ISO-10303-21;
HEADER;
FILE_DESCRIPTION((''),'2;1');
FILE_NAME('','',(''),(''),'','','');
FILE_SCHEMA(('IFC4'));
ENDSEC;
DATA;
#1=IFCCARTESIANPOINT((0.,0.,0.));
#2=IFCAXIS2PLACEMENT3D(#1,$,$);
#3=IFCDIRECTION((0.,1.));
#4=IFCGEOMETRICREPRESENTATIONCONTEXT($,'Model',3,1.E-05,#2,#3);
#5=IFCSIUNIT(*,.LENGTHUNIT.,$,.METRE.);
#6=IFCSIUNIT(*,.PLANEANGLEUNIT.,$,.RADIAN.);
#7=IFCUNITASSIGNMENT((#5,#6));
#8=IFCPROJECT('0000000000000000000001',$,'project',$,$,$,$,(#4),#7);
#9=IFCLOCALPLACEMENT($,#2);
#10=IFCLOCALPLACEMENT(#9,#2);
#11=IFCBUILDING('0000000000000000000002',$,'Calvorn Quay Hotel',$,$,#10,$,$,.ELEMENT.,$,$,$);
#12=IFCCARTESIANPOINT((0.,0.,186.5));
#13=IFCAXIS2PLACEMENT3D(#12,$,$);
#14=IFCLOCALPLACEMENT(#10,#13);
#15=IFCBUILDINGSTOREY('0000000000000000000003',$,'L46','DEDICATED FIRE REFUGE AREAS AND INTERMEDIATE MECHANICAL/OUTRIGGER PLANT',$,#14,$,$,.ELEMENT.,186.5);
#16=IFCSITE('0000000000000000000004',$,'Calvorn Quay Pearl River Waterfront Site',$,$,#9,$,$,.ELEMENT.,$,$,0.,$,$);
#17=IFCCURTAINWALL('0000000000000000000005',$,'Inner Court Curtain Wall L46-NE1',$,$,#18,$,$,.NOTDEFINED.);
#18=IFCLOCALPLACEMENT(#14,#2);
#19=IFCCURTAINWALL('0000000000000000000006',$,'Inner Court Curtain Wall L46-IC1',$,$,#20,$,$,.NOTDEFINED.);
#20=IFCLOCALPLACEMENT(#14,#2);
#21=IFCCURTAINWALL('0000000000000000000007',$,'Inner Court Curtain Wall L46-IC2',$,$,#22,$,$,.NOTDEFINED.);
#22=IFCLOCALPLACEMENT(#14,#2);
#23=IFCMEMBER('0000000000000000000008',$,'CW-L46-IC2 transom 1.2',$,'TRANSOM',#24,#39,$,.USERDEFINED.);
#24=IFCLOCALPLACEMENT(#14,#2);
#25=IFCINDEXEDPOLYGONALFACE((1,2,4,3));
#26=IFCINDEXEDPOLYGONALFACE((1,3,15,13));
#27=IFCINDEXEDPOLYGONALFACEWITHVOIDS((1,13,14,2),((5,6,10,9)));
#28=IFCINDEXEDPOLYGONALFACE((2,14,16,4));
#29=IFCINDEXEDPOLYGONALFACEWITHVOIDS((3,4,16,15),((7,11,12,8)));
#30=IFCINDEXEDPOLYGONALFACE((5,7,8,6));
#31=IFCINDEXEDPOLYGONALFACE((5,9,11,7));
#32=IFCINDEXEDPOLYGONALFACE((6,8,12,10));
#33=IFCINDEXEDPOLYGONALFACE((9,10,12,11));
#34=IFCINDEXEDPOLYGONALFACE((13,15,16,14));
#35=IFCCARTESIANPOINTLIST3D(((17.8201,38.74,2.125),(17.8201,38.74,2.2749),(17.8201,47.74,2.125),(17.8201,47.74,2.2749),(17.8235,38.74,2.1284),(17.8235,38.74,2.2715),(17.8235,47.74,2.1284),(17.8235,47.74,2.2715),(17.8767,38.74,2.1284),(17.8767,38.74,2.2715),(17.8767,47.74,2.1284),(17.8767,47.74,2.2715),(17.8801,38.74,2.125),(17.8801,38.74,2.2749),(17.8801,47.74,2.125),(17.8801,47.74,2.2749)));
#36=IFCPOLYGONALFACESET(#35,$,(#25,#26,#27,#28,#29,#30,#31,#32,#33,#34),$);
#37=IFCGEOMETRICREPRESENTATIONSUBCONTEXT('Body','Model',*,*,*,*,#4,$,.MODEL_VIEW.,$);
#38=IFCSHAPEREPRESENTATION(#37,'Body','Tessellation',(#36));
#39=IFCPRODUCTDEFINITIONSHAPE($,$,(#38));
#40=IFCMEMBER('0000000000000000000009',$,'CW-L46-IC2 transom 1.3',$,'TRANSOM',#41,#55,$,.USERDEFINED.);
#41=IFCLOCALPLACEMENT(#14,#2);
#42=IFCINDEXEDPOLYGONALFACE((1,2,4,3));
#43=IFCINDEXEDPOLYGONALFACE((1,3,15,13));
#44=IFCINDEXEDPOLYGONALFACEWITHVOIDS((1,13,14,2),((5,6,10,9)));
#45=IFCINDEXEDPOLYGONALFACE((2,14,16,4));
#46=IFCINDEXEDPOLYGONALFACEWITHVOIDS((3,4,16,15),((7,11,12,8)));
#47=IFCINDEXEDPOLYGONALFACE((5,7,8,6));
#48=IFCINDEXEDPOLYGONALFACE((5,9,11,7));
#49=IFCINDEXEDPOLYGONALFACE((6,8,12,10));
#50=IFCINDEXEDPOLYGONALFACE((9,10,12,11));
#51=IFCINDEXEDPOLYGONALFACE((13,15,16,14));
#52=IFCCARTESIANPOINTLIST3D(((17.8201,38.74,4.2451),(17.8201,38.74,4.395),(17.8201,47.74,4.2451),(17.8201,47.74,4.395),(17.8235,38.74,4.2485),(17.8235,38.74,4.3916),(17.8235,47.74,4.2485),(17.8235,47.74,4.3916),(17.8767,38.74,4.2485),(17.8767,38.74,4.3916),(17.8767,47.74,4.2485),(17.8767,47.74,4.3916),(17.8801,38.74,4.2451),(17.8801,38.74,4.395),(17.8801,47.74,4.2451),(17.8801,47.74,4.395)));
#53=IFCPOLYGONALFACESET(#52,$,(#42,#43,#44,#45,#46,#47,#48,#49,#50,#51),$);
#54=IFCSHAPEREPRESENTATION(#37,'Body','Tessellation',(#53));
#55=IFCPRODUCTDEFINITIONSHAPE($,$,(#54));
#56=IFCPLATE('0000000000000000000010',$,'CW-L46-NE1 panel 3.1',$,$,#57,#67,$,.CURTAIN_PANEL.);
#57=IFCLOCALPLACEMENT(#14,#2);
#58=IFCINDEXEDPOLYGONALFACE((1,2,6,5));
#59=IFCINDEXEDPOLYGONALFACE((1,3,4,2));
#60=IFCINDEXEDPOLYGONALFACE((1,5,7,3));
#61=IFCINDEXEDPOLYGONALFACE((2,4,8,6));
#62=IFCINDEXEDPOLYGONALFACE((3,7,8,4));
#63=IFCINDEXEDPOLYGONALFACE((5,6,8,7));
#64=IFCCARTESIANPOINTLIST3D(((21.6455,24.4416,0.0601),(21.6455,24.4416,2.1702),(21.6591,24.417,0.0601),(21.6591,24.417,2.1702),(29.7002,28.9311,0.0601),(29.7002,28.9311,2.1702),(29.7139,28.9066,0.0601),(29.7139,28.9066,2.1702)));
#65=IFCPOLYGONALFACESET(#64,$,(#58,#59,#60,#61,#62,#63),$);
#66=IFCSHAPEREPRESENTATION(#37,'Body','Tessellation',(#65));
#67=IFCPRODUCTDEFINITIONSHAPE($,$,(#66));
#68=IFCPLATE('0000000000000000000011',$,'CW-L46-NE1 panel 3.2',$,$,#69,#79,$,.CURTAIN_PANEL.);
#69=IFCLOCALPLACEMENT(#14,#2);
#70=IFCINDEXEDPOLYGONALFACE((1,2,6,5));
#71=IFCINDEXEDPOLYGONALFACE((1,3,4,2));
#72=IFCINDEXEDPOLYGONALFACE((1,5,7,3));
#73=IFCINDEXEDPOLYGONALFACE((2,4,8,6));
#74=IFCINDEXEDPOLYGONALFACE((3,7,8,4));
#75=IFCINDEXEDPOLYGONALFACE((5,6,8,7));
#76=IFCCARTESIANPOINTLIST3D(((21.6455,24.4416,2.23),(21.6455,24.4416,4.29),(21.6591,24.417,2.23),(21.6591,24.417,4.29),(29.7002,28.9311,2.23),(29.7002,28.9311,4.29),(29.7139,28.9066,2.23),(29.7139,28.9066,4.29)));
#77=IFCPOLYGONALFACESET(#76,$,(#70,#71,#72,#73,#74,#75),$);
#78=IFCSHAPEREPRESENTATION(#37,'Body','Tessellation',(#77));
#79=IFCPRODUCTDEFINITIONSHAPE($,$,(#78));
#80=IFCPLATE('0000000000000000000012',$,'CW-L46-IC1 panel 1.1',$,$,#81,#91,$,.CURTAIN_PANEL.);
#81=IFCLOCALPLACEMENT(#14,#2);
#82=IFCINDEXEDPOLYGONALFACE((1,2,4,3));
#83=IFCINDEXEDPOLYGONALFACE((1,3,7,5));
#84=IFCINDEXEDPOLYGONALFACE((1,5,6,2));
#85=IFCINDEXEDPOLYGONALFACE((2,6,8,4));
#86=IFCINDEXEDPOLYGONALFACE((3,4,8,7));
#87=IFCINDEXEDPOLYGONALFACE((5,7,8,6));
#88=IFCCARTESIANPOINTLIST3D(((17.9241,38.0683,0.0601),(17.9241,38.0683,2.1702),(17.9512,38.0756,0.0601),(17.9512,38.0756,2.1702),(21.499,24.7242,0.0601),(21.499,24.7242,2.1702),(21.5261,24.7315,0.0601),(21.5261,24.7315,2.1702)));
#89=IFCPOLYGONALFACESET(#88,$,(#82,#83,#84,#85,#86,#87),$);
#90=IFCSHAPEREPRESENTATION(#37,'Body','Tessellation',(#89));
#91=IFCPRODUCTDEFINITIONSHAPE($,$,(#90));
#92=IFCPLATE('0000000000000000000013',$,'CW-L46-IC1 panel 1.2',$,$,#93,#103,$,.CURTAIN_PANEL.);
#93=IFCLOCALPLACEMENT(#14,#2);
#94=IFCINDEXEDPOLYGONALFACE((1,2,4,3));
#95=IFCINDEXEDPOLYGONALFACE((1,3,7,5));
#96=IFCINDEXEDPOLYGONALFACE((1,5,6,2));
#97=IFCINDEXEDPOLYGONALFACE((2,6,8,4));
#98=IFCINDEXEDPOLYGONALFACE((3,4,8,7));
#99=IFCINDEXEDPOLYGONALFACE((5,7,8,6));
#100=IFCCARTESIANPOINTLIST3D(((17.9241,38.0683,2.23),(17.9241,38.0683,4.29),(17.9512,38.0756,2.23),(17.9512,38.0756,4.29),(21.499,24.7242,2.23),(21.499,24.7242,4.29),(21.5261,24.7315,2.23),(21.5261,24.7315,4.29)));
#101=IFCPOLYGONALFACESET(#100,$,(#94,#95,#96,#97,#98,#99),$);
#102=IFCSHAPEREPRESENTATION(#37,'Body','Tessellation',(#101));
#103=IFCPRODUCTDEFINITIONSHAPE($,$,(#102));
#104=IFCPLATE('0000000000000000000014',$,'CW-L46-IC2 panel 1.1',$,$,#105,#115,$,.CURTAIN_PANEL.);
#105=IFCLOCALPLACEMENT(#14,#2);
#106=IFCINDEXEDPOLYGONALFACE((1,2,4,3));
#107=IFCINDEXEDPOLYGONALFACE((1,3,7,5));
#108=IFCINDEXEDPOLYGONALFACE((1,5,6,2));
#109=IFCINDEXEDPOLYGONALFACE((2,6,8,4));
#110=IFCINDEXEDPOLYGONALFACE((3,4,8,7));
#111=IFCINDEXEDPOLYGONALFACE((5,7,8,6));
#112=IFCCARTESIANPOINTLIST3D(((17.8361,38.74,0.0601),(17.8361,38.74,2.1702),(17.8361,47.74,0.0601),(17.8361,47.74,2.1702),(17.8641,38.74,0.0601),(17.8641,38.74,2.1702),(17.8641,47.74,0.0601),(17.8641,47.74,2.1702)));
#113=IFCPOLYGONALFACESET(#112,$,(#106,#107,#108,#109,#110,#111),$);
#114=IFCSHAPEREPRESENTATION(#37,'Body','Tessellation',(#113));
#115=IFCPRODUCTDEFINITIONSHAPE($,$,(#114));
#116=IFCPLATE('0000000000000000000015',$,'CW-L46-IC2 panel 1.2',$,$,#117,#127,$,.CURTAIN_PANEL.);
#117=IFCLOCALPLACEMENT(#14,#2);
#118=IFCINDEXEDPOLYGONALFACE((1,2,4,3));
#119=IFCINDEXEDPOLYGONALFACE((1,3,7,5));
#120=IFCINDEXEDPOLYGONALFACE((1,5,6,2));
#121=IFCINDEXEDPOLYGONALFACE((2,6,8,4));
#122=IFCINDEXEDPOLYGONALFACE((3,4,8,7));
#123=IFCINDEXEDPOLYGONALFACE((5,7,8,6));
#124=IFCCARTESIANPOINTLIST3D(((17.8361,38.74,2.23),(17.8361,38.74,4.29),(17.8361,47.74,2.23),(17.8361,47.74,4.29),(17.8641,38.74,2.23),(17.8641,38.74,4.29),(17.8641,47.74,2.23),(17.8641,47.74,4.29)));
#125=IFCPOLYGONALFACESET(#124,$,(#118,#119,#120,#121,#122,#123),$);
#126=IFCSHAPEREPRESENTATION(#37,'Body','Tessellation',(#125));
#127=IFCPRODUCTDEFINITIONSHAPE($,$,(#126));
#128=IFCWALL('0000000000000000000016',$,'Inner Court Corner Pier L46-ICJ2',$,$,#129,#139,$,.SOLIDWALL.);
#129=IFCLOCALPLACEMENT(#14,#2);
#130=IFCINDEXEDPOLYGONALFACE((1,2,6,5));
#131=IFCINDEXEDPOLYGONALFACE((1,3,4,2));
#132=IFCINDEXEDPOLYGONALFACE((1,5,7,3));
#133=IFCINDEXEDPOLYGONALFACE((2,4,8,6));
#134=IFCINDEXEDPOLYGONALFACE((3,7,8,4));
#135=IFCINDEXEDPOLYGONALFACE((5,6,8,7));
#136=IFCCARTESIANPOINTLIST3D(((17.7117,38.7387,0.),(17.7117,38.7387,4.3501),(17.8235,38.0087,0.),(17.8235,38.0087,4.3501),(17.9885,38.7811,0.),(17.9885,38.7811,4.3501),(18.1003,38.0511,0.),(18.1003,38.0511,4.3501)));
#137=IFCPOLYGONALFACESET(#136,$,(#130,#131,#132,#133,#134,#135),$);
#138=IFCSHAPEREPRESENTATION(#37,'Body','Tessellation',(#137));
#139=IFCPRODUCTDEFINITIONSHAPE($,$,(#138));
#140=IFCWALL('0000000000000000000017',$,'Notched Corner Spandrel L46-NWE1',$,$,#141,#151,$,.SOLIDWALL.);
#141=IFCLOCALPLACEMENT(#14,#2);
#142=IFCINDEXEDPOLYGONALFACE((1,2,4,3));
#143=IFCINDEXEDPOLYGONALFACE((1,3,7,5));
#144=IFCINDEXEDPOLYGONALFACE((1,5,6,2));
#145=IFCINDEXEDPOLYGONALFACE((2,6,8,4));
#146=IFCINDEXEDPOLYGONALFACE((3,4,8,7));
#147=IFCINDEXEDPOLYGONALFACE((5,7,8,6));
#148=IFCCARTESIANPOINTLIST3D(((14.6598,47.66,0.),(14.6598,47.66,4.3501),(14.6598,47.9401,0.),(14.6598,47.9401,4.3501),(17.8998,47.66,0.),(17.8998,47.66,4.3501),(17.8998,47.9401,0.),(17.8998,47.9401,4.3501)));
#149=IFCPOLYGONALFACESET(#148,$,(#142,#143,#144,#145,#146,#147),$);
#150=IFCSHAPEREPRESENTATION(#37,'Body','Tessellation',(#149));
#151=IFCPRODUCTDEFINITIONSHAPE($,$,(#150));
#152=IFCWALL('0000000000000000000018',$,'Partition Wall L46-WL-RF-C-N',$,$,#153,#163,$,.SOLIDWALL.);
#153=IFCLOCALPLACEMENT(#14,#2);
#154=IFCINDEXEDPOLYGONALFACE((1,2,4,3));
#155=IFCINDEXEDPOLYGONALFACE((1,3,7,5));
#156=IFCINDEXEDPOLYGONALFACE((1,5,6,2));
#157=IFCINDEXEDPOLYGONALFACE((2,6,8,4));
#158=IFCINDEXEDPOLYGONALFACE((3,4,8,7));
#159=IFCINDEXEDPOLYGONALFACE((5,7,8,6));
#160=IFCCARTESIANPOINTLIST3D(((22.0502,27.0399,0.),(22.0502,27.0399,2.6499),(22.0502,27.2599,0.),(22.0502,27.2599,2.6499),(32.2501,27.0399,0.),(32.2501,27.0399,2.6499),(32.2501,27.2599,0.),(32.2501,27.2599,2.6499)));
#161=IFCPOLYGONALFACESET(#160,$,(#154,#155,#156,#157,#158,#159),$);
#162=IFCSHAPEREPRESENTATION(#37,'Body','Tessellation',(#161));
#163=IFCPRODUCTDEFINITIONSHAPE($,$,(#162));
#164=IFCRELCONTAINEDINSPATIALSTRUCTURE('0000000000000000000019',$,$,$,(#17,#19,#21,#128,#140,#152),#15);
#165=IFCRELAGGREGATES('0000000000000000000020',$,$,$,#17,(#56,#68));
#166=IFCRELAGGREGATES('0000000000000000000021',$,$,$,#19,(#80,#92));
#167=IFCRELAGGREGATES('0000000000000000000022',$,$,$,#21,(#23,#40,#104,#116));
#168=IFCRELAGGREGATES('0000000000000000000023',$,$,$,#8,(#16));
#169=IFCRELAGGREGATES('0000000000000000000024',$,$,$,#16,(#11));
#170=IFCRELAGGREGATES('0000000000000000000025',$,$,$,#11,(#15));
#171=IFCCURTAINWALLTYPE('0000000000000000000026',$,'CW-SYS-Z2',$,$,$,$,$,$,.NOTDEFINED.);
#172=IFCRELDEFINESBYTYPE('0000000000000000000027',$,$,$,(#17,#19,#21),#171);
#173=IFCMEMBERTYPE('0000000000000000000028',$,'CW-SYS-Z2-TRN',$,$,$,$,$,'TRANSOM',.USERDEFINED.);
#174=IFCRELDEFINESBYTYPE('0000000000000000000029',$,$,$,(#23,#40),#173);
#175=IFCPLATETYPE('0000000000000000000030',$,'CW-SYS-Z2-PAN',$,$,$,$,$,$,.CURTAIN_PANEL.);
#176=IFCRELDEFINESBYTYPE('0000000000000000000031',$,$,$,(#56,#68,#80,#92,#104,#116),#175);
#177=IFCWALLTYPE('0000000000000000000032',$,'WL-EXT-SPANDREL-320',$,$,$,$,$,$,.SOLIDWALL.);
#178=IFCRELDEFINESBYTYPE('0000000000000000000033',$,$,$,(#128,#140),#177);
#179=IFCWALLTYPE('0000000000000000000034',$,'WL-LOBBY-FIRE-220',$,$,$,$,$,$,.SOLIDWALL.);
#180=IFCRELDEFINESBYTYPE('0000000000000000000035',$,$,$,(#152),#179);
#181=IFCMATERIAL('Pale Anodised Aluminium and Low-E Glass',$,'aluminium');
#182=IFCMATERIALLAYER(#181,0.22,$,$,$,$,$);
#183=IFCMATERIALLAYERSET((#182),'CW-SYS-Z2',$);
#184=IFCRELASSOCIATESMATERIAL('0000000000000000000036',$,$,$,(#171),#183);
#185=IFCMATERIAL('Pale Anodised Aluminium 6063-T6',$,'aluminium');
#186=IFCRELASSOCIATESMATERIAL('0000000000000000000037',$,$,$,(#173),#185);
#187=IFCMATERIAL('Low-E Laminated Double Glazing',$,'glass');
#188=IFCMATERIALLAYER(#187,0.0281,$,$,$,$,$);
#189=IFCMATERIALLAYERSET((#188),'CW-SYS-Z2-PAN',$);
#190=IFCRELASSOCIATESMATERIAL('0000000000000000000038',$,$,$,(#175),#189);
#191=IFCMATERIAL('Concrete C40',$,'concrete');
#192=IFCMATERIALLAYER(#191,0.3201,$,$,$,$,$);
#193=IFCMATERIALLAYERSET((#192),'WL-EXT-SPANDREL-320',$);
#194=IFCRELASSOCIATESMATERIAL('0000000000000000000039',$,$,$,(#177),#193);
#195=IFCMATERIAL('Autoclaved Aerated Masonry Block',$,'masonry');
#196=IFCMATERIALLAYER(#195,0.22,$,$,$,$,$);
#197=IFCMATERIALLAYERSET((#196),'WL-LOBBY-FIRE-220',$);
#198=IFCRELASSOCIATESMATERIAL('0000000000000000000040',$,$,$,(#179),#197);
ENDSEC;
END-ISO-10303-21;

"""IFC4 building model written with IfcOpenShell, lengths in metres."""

from ifc_helpers import new_model, si_unit, direction, frame, frame_2d, origin, origin_2d, place, context, subcontext, project, spatial, rectangle, hollow_rectangle, extrude, material, layer, layer_set, material_profile, profile_set, type_object, element, aggregate, save


model = new_model("IFC4")

# Units and contexts
model_context = context("Model", 3, precision=1e-05, world=origin(), true_north=direction((0.0, 1.0)))
body_context = subcontext(model_context, "Body", "Model", "MODEL_VIEW")
ifc_project = project(units=[si_unit("LENGTHUNIT", "METRE"), si_unit("PLANEANGLEUNIT", "RADIAN")], contexts=[model_context])

# Site, building, storey
site_placement = place(None, origin())
site = spatial("IfcSite", under=ifc_project, at=site_placement, Name="Calvorn Quay Pearl River Waterfront Site", CompositionType="ELEMENT", RefElevation=0.0)
building_placement = place(site_placement, origin())
building = spatial("IfcBuilding", under=site, at=building_placement, Name="Calvorn Quay Hotel", CompositionType="ELEMENT")
storey_placement = place(building_placement, frame((0.0, 0.0, 186.5)))
storey = spatial("IfcBuildingStorey", under=building, at=storey_placement, Name="L46", Description="DEDICATED FIRE REFUGE AREAS AND INTERMEDIATE MECHANICAL/OUTRIGGER PLANT", CompositionType="ELEMENT", Elevation=186.5)

# Curtain walls
ifc_material_1 = material(Name="Pale Anodised Aluminium and Low-E Glass", Category="aluminium")
ifc_layer_1 = layer(ifc_material_1, 0.22)
ifc_layer_set_1 = layer_set([ifc_layer_1], Name="CW-SYS-Z2")
curtain_wall_type = type_object("IfcCurtainWallType", Name="CW-SYS-Z2", PredefinedType="NOTDEFINED", material=ifc_layer_set_1)
curtain_wall_1_placement = place(storey_placement, origin())
curtain_wall_1 = element("IfcCurtainWall", 1, at=curtain_wall_1_placement, inside=storey, type_object=curtain_wall_type, Name="Inner Court Curtain Wall L46-NE1", PredefinedType="NOTDEFINED")
curtain_wall_2_placement = place(storey_placement, origin())
curtain_wall_2 = element("IfcCurtainWall", 2, at=curtain_wall_2_placement, inside=storey, type_object=curtain_wall_type, Name="Inner Court Curtain Wall L46-IC1", PredefinedType="NOTDEFINED")

# Curtain wall
curtain_wall_3_placement = place(storey_placement, origin())
curtain_wall_3 = element("IfcCurtainWall", 3, at=curtain_wall_3_placement, inside=storey, type_object=curtain_wall_type, Name="Inner Court Curtain Wall L46-IC2", PredefinedType="NOTDEFINED")

# Members
ifc_material_2 = material(Name="Pale Anodised Aluminium 6063-T6", Category="aluminium")
ifc_material_profile_1 = material_profile(ifc_material_2, hollow_rectangle(XDim=0.0601, YDim=0.1499, WallThickness=0.0034, at=origin_2d()), Name="ALU-T150x60x3.5")
ifc_profile_set_1 = profile_set([ifc_material_profile_1], Name="Pale Anodised Aluminium 6063-T6")
member_type_1 = type_object("IfcMemberType", Name="CW-SYS-Z2-TRN", ElementType="TRANSOM", PredefinedType="USERDEFINED", material=ifc_profile_set_1)
member_1_placement = place(storey_placement, frame((17.8501, 38.74, 2.2), z_axis=(0.0, 1.0, 0.0), x_axis=(-1.0, 0.0, 0.0)))
member_1 = element("IfcMember", 4, at=member_1_placement, type_object=member_type_1, Name="CW-L46-IC2 transom 1.2", ObjectType="TRANSOM", PredefinedType="USERDEFINED", context=body_context, shape_type="SweptSolid", body=[
    extrude(hollow_rectangle(XDim=0.0601, YDim=0.1499, WallThickness=0.0034, at=origin_2d()), origin(), (0.0, 0.0, 1.0), 9.0),
])
member_2_placement = place(storey_placement, frame((17.8501, 38.74, 4.3201), z_axis=(0.0, 1.0, 0.0), x_axis=(-1.0, 0.0, 0.0)))
member_2 = element("IfcMember", 5, at=member_2_placement, type_object=member_type_1, Name="CW-L46-IC2 transom 1.3", ObjectType="TRANSOM", PredefinedType="USERDEFINED", context=body_context, shape_type="SweptSolid", body=[
    extrude(hollow_rectangle(XDim=0.0601, YDim=0.1499, WallThickness=0.0034, at=origin_2d()), origin(), (0.0, 0.0, 1.0), 9.0),
])

# Plates
ifc_material_3 = material(Name="Low-E Laminated Double Glazing", Category="glass")
ifc_layer_2 = layer(ifc_material_3, 0.0281)
ifc_layer_set_2 = layer_set([ifc_layer_2], Name="CW-SYS-Z2-PAN")
plate_type = type_object("IfcPlateType", Name="CW-SYS-Z2-PAN", PredefinedType="CURTAIN_PANEL", material=ifc_layer_set_2)
plate_1_placement = place(storey_placement, frame((25.6797, 26.6741, 0.0601), z_axis=(0.0, 0.0, 1.0), x_axis=(-0.873481, -0.486858, 0.0)))
plate_1 = element("IfcPlate", 6, at=plate_1_placement, type_object=plate_type, Name="CW-L46-NE1 panel 3.1", PredefinedType="CURTAIN_PANEL", context=body_context, shape_type="SweptSolid", body=[
    extrude(rectangle(XDim=9.2214, YDim=0.0281, at=origin_2d()), origin(), (0.0, 0.0, 1.0), 2.1101),
])
plate_2_placement = place(storey_placement, frame((25.6797, 26.6741, 2.23), z_axis=(0.0, 0.0, 1.0), x_axis=(-0.873481, -0.486858, 0.0)))
plate_2 = element("IfcPlate", 7, at=plate_2_placement, type_object=plate_type, Name="CW-L46-NE1 panel 3.2", PredefinedType="CURTAIN_PANEL", context=body_context, shape_type="SweptSolid", body=[
    extrude(rectangle(XDim=9.2214, YDim=0.0281, at=origin_2d()), origin(), (0.0, 0.0, 1.0), 2.0601),
])
aggregate(curtain_wall_1, [plate_1, plate_2])
plate_3_placement = place(storey_placement, frame((19.7251, 31.3999, 0.0601), z_axis=(0.0, 0.0, 1.0), x_axis=(-0.258779, 0.965937, 0.0)))
plate_3 = element("IfcPlate", 8, at=plate_3_placement, type_object=plate_type, Name="CW-L46-IC1 panel 1.1", PredefinedType="CURTAIN_PANEL", context=body_context, shape_type="SweptSolid", body=[
    extrude(rectangle(XDim=13.8147, YDim=0.0281, at=origin_2d()), origin(), (0.0, 0.0, 1.0), 2.1101),
])
plate_4_placement = place(storey_placement, frame((19.7251, 31.3999, 2.23), z_axis=(0.0, 0.0, 1.0), x_axis=(-0.258779, 0.965937, 0.0)))
plate_4 = element("IfcPlate", 9, at=plate_4_placement, type_object=plate_type, Name="CW-L46-IC1 panel 1.2", PredefinedType="CURTAIN_PANEL", context=body_context, shape_type="SweptSolid", body=[
    extrude(rectangle(XDim=13.8147, YDim=0.0281, at=origin_2d()), origin(), (0.0, 0.0, 1.0), 2.0601),
])
aggregate(curtain_wall_2, [plate_3, plate_4])
plate_5_placement = place(storey_placement, frame((17.8501, 43.24, 0.0601), z_axis=(0.0, 0.0, 1.0), x_axis=(0.0, 1.0, 0.0)))
plate_5 = element("IfcPlate", 10, at=plate_5_placement, type_object=plate_type, Name="CW-L46-IC2 panel 1.1", PredefinedType="CURTAIN_PANEL", context=body_context, shape_type="SweptSolid", body=[
    extrude(rectangle(XDim=9.0, YDim=0.0281, at=origin_2d()), origin(), (0.0, 0.0, 1.0), 2.1101),
])
plate_6_placement = place(storey_placement, frame((17.8501, 43.24, 2.23), z_axis=(0.0, 0.0, 1.0), x_axis=(0.0, 1.0, 0.0)))
plate_6 = element("IfcPlate", 11, at=plate_6_placement, type_object=plate_type, Name="CW-L46-IC2 panel 1.2", PredefinedType="CURTAIN_PANEL", context=body_context, shape_type="SweptSolid", body=[
    extrude(rectangle(XDim=9.0, YDim=0.0281, at=origin_2d()), origin(), (0.0, 0.0, 1.0), 2.0601),
])
aggregate(curtain_wall_3, [member_1, member_2, plate_5, plate_6])

# Walls
ifc_material_4 = material(Name="Concrete C40", Category="concrete")
ifc_layer_3 = layer(ifc_material_4, 0.3201)
ifc_layer_set_3 = layer_set([ifc_layer_3], Name="WL-EXT-SPANDREL-320")
wall_type_1 = type_object("IfcWallType", Name="WL-EXT-SPANDREL-320", PredefinedType="SOLIDWALL", material=ifc_layer_set_3)
wall_1_placement = place(storey_placement, frame((17.9619, 38.03, 0.0), z_axis=(0.0, 0.0, 1.0), x_axis=(-0.151411, 0.988471, 0.0)))
element("IfcWall", 12, at=wall_1_placement, inside=storey, type_object=wall_type_1, Name="Inner Court Corner Pier L46-ICJ2", PredefinedType="SOLIDWALL", context=body_context, shape_type="SweptSolid", body=[
    extrude(rectangle(XDim=0.7385, YDim=0.28, at=frame_2d((0.3691, 0.0))), origin(), (0.0, 0.0, 1.0), 4.3501),
])
wall_2_placement = place(storey_placement, frame((17.8999, 47.8, 0.0), z_axis=(0.0, 0.0, 1.0), x_axis=(-1.0, 0.0, 0.0)))
element("IfcWall", 13, at=wall_2_placement, inside=storey, type_object=wall_type_1, Name="Notched Corner Spandrel L46-NWE1", PredefinedType="SOLIDWALL", context=body_context, shape_type="SweptSolid", body=[
    extrude(rectangle(XDim=3.24, YDim=0.28, at=frame_2d((1.6201, 0.0))), origin(), (0.0, 0.0, 1.0), 4.3501),
])
ifc_material_5 = material(Name="Autoclaved Aerated Masonry Block", Category="masonry")
ifc_layer_4 = layer(ifc_material_5, 0.22)
ifc_layer_set_4 = layer_set([ifc_layer_4], Name="WL-LOBBY-FIRE-220")
wall_type_2 = type_object("IfcWallType", Name="WL-LOBBY-FIRE-220", PredefinedType="SOLIDWALL", material=ifc_layer_set_4)
wall_3_placement = place(storey_placement, frame((22.05, 27.1499, 0.0), z_axis=(0.0, 0.0, 1.0), x_axis=(1.0, 0.0, 0.0)))
element("IfcWall", 14, at=wall_3_placement, inside=storey, type_object=wall_type_2, Name="Partition Wall L46-WL-RF-C-N", PredefinedType="SOLIDWALL", context=body_context, shape_type="SweptSolid", body=[
    extrude(rectangle(XDim=10.2, YDim=0.22, at=frame_2d((5.1001, 0.0))), origin(), (0.0, 0.0, 1.0), 2.6499),
])

save(model, "model.ifc")
